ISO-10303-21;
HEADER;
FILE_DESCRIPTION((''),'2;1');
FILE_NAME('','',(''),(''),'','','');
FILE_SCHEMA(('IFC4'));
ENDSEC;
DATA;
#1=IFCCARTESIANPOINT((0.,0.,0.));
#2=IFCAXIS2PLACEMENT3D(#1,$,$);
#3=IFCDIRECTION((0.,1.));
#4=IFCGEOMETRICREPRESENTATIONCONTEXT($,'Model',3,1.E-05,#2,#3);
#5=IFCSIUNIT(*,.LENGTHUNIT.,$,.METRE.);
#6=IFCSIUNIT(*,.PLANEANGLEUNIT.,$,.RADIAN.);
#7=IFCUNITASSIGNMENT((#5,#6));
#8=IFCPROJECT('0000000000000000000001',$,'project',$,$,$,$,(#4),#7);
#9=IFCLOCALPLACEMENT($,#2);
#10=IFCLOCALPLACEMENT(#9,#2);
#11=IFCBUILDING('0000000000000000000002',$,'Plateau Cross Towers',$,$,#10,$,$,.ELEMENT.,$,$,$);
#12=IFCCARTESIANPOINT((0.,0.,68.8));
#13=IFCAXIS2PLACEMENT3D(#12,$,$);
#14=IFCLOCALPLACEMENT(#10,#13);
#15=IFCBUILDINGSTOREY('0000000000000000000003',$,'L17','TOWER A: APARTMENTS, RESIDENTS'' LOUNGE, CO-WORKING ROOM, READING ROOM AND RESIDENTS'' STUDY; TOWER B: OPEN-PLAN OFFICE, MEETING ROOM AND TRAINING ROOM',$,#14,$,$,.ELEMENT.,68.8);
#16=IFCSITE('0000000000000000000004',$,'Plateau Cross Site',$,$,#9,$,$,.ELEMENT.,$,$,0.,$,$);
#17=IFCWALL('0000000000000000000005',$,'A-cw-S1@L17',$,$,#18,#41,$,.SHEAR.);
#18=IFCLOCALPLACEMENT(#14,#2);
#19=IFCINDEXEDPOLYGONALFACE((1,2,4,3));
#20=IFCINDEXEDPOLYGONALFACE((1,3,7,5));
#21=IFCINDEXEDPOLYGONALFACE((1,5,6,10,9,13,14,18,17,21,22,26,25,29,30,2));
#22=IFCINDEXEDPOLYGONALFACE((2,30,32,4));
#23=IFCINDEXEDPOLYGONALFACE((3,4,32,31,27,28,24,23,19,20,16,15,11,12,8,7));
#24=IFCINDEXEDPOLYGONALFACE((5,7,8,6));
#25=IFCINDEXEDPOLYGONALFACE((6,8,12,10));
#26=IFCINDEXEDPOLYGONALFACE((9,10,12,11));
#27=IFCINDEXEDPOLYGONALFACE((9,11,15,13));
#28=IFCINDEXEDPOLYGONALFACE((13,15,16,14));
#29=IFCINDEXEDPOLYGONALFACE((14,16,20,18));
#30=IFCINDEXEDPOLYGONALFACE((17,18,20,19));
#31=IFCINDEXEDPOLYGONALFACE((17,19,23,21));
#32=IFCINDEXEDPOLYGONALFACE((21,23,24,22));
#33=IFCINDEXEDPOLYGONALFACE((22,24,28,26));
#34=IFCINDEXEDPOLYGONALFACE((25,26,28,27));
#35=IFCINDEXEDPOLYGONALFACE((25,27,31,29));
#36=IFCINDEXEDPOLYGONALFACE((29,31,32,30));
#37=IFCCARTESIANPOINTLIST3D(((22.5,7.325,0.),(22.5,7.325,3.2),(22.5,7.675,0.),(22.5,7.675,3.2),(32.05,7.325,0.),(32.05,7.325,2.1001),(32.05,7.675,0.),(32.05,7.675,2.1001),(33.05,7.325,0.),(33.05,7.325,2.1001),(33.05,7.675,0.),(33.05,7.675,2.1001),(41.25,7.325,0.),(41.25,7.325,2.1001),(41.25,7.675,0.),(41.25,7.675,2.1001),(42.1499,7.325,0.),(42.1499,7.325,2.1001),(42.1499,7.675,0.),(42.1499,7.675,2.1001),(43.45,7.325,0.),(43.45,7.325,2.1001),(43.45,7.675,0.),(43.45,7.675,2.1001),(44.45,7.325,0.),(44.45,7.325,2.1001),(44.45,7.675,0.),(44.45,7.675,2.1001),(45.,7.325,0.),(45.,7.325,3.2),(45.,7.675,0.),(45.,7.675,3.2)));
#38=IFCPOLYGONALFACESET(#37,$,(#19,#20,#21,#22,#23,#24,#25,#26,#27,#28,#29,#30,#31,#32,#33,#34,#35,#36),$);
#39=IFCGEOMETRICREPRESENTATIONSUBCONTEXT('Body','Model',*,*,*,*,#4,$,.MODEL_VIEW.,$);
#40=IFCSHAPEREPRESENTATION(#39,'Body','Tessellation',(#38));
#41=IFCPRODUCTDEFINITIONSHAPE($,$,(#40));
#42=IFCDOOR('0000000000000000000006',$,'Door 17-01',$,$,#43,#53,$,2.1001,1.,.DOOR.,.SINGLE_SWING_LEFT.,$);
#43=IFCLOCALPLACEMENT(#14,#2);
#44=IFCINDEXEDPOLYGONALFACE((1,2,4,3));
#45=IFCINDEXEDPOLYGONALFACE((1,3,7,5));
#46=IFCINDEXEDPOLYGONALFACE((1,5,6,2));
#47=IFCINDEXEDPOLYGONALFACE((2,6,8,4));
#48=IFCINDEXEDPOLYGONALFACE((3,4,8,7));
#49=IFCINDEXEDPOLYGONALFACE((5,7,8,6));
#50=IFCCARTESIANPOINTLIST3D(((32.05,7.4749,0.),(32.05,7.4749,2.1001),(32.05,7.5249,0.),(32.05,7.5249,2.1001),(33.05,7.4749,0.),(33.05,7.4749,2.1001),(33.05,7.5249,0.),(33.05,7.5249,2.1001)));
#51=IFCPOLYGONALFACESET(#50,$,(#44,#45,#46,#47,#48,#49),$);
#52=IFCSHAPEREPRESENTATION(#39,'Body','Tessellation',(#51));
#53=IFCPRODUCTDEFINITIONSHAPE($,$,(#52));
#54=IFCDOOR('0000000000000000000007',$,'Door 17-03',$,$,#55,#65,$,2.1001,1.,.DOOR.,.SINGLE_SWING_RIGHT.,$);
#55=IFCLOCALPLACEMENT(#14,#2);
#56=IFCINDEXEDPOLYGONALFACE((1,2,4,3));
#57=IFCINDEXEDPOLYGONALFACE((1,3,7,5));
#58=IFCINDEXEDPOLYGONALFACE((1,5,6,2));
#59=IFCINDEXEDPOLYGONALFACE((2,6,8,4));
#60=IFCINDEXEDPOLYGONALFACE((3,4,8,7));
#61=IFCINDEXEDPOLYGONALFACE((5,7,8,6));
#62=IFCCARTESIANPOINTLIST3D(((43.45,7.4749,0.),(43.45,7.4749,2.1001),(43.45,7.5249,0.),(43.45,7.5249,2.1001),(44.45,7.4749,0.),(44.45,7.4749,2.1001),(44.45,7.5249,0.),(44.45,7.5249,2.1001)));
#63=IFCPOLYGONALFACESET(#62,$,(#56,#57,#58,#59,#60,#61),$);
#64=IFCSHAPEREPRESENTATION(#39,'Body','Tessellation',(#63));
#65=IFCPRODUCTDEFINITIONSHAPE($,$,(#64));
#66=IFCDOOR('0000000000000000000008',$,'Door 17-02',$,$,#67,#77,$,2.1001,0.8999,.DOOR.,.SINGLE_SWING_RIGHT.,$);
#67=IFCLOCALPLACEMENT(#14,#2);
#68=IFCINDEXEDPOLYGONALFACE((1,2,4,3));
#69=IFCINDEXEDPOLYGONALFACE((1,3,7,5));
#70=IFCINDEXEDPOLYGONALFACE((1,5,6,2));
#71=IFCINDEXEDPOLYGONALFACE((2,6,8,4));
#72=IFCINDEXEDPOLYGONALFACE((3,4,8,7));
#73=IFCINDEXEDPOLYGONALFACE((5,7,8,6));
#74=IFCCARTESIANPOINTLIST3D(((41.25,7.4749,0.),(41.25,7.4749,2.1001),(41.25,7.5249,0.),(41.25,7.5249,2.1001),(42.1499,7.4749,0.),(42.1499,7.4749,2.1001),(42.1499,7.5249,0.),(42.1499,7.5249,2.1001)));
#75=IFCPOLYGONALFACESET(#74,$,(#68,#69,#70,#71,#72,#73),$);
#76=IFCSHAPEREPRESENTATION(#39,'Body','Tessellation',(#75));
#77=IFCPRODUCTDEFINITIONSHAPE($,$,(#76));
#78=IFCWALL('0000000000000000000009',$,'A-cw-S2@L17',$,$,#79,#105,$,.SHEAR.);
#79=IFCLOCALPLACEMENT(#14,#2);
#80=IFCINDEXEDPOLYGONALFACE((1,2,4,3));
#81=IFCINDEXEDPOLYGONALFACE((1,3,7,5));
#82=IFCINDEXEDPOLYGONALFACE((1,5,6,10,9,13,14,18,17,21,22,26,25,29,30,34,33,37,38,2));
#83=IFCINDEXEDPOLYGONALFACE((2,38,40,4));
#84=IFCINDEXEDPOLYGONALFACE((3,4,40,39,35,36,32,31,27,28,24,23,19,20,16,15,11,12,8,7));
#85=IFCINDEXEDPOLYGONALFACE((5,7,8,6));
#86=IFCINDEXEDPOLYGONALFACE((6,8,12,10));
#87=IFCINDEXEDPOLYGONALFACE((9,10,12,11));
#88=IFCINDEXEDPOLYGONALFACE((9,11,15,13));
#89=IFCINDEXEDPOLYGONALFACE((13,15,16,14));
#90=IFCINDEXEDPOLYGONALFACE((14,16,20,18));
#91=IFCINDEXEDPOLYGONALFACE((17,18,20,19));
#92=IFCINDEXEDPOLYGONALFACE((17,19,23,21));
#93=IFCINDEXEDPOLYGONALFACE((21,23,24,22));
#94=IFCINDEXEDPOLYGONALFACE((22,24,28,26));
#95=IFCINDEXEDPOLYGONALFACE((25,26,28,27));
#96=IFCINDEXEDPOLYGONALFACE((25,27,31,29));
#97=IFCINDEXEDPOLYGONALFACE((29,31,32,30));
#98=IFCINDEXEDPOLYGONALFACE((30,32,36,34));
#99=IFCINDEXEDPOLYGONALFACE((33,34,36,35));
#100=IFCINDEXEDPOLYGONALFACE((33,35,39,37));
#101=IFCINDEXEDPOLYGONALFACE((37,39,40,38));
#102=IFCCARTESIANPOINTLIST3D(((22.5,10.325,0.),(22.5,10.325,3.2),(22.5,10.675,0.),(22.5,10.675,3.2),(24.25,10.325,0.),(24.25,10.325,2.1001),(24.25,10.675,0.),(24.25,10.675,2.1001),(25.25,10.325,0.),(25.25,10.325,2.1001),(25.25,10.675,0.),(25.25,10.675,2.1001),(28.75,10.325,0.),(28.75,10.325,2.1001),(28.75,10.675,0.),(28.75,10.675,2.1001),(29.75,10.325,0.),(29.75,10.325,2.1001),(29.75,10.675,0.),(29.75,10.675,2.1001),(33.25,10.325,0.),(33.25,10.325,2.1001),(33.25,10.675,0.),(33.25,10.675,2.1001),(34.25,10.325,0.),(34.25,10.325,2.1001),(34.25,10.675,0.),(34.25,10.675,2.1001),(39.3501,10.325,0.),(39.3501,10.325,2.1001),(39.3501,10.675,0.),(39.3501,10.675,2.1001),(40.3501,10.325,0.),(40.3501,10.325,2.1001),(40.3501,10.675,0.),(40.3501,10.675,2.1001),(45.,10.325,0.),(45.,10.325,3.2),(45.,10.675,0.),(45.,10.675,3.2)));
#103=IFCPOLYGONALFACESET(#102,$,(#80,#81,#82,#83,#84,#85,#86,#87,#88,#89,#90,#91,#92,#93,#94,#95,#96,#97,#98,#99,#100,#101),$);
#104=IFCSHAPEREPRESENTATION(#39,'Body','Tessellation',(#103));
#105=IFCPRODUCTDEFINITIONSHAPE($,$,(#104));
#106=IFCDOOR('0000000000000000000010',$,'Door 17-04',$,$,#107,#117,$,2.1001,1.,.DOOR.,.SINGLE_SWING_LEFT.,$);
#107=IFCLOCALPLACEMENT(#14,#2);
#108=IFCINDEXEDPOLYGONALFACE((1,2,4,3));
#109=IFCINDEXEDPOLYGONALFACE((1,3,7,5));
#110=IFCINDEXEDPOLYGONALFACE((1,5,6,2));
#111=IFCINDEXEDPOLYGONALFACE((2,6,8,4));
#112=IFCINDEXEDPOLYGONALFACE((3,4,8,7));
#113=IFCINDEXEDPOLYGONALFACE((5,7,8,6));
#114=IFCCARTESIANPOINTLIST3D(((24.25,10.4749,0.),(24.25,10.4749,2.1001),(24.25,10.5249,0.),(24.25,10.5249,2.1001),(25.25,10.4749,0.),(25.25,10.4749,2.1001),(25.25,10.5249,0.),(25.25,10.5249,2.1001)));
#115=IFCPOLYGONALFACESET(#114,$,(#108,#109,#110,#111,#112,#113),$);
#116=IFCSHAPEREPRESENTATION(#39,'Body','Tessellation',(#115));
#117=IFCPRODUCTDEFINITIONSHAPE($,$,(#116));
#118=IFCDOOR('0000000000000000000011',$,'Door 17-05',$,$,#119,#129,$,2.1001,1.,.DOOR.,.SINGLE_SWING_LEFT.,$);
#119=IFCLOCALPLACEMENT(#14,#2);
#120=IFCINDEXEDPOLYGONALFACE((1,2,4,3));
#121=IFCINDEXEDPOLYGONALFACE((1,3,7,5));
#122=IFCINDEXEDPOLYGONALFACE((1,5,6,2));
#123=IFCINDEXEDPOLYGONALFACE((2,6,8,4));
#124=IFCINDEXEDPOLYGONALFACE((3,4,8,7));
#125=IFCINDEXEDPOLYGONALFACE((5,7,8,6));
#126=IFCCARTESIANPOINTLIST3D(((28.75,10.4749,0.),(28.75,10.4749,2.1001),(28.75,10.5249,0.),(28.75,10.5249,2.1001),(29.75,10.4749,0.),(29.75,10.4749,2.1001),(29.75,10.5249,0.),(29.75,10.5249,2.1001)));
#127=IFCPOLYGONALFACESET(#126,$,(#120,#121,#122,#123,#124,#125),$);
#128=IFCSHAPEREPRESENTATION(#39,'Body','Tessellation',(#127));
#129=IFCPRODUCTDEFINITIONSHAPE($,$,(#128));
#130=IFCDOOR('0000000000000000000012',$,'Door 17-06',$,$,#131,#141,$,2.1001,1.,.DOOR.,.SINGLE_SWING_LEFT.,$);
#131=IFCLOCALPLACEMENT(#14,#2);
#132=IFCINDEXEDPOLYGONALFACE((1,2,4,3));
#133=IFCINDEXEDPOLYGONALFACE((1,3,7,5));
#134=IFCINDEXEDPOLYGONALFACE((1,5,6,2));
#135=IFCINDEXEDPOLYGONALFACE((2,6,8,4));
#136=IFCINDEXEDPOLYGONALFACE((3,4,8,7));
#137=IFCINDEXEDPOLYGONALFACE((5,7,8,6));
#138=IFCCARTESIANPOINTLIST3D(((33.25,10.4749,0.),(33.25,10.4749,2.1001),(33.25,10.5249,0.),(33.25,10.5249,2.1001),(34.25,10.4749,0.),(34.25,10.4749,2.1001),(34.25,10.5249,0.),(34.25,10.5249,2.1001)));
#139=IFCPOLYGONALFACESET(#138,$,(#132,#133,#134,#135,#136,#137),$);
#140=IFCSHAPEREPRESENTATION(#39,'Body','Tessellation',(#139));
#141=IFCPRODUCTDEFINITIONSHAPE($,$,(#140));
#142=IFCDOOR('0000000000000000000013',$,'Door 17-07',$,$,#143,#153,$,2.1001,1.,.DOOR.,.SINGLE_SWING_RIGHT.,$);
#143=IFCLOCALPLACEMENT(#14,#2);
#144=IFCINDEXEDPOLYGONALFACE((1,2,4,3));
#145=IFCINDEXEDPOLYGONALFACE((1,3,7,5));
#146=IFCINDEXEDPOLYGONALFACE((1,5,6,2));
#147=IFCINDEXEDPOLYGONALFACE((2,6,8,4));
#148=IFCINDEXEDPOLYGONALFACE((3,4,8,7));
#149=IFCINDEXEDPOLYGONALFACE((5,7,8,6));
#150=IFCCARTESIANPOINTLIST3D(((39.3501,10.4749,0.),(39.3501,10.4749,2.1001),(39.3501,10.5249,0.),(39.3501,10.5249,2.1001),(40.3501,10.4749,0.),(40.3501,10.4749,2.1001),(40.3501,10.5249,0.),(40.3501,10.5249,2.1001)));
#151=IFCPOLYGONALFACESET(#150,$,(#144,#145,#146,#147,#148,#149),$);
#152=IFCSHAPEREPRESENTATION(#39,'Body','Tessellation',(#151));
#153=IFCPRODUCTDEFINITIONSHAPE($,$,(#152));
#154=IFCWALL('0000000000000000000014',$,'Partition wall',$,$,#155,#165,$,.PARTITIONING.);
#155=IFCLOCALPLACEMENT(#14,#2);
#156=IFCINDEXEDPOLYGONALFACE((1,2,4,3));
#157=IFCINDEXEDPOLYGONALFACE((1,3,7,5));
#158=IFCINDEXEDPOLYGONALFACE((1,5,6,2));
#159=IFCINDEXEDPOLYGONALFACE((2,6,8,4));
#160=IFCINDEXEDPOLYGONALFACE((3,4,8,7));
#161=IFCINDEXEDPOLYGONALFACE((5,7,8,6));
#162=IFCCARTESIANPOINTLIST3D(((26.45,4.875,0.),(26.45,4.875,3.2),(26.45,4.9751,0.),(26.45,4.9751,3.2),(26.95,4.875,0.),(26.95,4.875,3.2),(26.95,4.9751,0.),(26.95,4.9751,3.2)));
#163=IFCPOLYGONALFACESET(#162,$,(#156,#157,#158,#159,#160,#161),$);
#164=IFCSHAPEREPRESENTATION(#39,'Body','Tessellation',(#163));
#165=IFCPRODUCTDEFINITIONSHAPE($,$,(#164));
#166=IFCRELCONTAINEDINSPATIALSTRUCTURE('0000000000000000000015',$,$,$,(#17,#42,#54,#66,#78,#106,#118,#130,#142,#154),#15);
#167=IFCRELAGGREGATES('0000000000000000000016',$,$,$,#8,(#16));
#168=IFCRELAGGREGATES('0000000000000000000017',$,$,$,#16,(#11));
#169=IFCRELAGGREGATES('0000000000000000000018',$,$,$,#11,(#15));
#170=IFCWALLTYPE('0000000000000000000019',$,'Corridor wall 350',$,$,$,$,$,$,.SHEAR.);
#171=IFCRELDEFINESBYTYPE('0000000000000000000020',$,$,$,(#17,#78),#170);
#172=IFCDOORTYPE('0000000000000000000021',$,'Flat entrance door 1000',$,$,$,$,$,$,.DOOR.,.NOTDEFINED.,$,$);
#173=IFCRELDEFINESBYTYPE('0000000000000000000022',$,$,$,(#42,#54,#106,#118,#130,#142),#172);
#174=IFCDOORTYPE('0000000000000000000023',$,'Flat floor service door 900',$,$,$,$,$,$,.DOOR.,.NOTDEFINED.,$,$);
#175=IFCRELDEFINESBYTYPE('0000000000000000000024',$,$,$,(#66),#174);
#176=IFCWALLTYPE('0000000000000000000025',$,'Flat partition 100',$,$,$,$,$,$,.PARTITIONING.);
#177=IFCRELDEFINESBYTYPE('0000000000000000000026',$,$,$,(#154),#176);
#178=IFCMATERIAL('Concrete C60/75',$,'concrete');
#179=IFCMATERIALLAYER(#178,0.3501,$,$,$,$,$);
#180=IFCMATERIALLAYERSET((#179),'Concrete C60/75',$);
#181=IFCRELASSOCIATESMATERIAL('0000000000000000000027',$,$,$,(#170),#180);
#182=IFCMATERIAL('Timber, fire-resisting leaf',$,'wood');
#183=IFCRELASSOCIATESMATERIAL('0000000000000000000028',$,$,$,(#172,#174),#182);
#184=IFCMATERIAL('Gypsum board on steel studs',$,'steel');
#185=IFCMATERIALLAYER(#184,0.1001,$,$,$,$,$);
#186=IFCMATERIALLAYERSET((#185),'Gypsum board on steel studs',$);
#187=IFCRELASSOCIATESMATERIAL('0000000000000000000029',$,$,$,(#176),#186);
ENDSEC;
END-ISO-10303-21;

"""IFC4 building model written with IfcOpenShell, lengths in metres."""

from ifc_helpers import new_model, si_unit, direction, frame, frame_2d, origin, place, context, subcontext, project, spatial, rectangle, extrude, material, layer, layer_set, type_object, element, fill, save


model = new_model("IFC4")

# Units and contexts
model_context = context("Model", 3, precision=1e-05, world=origin(), true_north=direction((0.0, 1.0)))
body_context = subcontext(model_context, "Body", "Model", "MODEL_VIEW")
ifc_project = project(units=[si_unit("LENGTHUNIT", "METRE"), si_unit("PLANEANGLEUNIT", "RADIAN")], contexts=[model_context])

# Site, building, storey
site_placement = place(None, origin())
site = spatial("IfcSite", under=ifc_project, at=site_placement, Name="Plateau Cross Site", CompositionType="ELEMENT", RefElevation=0.0)
building_placement = place(site_placement, origin())
building = spatial("IfcBuilding", under=site, at=building_placement, Name="Plateau Cross Towers", CompositionType="ELEMENT")
storey_placement = place(building_placement, frame((0.0, 0.0, 68.8)))
storey = spatial("IfcBuildingStorey", under=building, at=storey_placement, Name="L17", Description="TOWER A: APARTMENTS, RESIDENTS' LOUNGE, CO-WORKING ROOM, READING ROOM AND RESIDENTS' STUDY; TOWER B: OPEN-PLAN OFFICE, MEETING ROOM AND TRAINING ROOM", CompositionType="ELEMENT", Elevation=68.8)

# Shared definitions
ifc_material_1 = material(Name="Concrete C60/75", Category="concrete")

# Walls, openings, doors
ifc_layer_1 = layer(ifc_material_1, 0.3501)
ifc_layer_set_1 = layer_set([ifc_layer_1], Name="Concrete C60/75")
wall_type_1 = type_object("IfcWallType", Name="Corridor wall 350", PredefinedType="SHEAR", material=ifc_layer_set_1)
wall_1_placement = place(storey_placement, frame((22.5, 7.5, 0.0), z_axis=(0.0, 0.0, 1.0), x_axis=(1.0, 0.0, 0.0)))
wall_1 = element("IfcWall", 1, at=wall_1_placement, inside=storey, type_object=wall_type_1, Name="A-cw-S1@L17", PredefinedType="SHEAR", context=body_context, shape_type="SweptSolid", body=[
    extrude(rectangle(XDim=22.5, YDim=0.3501, at=frame_2d((11.25, 0.0))), origin(), (0.0, 0.0, 1.0), 3.2),
])
opening_1_placement = place(wall_1_placement, frame((9.55, 0.0, 0.0)))
opening_1 = element("IfcOpeningElement", 2, at=opening_1_placement, cuts=wall_1, PredefinedType="OPENING", context=body_context, shape_type="SweptSolid", body=[
    extrude(rectangle(XDim=1.0, YDim=2.1001, at=frame_2d((0.5, 1.05))), frame((0.0, 0.1851, 0.0), z_axis=(0.0, -1.0, 0.0), x_axis=(1.0, 0.0, 0.0)), (0.0, 0.0, 1.0), 0.3701),
])
opening_2_placement = place(wall_1_placement, frame((18.75, 0.0, 0.0)))
opening_2 = element("IfcOpeningElement", 3, at=opening_2_placement, cuts=wall_1, PredefinedType="OPENING", context=body_context, shape_type="SweptSolid", body=[
    extrude(rectangle(XDim=0.8999, YDim=2.1001, at=frame_2d((0.45, 1.05))), frame((0.0, 0.1851, 0.0), z_axis=(0.0, -1.0, 0.0), x_axis=(1.0, 0.0, 0.0)), (0.0, 0.0, 1.0), 0.3701),
])
opening_3_placement = place(wall_1_placement, frame((20.95, 0.0, 0.0)))
opening_3 = element("IfcOpeningElement", 4, at=opening_3_placement, cuts=wall_1, PredefinedType="OPENING", context=body_context, shape_type="SweptSolid", body=[
    extrude(rectangle(XDim=1.0, YDim=2.1001, at=frame_2d((0.5, 1.05))), frame((0.0, 0.1851, 0.0), z_axis=(0.0, -1.0, 0.0), x_axis=(1.0, 0.0, 0.0)), (0.0, 0.0, 1.0), 0.3701),
])
ifc_material_2 = material(Name="Timber, fire-resisting leaf", Category="wood")
door_type_1 = type_object("IfcDoorType", Name="Flat entrance door 1000", OperationType="NOTDEFINED", PredefinedType="DOOR", material=ifc_material_2)
door_1_placement = place(opening_1_placement, origin())
door_1 = element("IfcDoor", 5, at=door_1_placement, inside=storey, type_object=door_type_1, Name="Door 17-01", OperationType="SINGLE_SWING_LEFT", OverallHeight=2.1001, OverallWidth=1.0, PredefinedType="DOOR", context=body_context, shape_type="SweptSolid", body=[
    extrude(rectangle(XDim=1.0, YDim=2.1001, at=frame_2d((0.5, 1.05))), frame((0.0, 0.0249, 0.0), z_axis=(0.0, -1.0, 0.0), x_axis=(1.0, 0.0, 0.0)), (0.0, 0.0, 1.0), 0.05),
])
fill(opening_1, door_1)
door_2_placement = place(opening_3_placement, origin())
door_2 = element("IfcDoor", 6, at=door_2_placement, inside=storey, type_object=door_type_1, Name="Door 17-03", OperationType="SINGLE_SWING_RIGHT", OverallHeight=2.1001, OverallWidth=1.0, PredefinedType="DOOR", context=body_context, shape_type="SweptSolid", body=[
    extrude(rectangle(XDim=1.0, YDim=2.1001, at=frame_2d((0.5, 1.05))), frame((0.0, 0.0249, 0.0), z_axis=(0.0, -1.0, 0.0), x_axis=(1.0, 0.0, 0.0)), (0.0, 0.0, 1.0), 0.05),
])
fill(opening_3, door_2)
door_type_2 = type_object("IfcDoorType", Name="Flat floor service door 900", OperationType="NOTDEFINED", PredefinedType="DOOR", material=ifc_material_2)
door_3_placement = place(opening_2_placement, origin())
door_3 = element("IfcDoor", 7, at=door_3_placement, inside=storey, type_object=door_type_2, Name="Door 17-02", OperationType="SINGLE_SWING_RIGHT", OverallHeight=2.1001, OverallWidth=0.8999, PredefinedType="DOOR", context=body_context, shape_type="SweptSolid", body=[
    extrude(rectangle(XDim=0.8999, YDim=2.1001, at=frame_2d((0.45, 1.05))), frame((0.0, 0.0249, 0.0), z_axis=(0.0, -1.0, 0.0), x_axis=(1.0, 0.0, 0.0)), (0.0, 0.0, 1.0), 0.05),
])
fill(opening_2, door_3)
wall_2_placement = place(storey_placement, frame((22.5, 10.5, 0.0), z_axis=(0.0, 0.0, 1.0), x_axis=(1.0, 0.0, 0.0)))
wall_2 = element("IfcWall", 8, at=wall_2_placement, inside=storey, type_object=wall_type_1, Name="A-cw-S2@L17", PredefinedType="SHEAR", context=body_context, shape_type="SweptSolid", body=[
    extrude(rectangle(XDim=22.5, YDim=0.3501, at=frame_2d((11.25, 0.0))), origin(), (0.0, 0.0, 1.0), 3.2),
])
opening_4_placement = place(wall_2_placement, frame((1.75, 0.0, 0.0)))
opening_4 = element("IfcOpeningElement", 9, at=opening_4_placement, cuts=wall_2, PredefinedType="OPENING", context=body_context, shape_type="SweptSolid", body=[
    extrude(rectangle(XDim=1.0, YDim=2.1001, at=frame_2d((0.5, 1.05))), frame((0.0, 0.1851, 0.0), z_axis=(0.0, -1.0, 0.0), x_axis=(1.0, 0.0, 0.0)), (0.0, 0.0, 1.0), 0.3701),
])
opening_5_placement = place(wall_2_placement, frame((6.25, 0.0, 0.0)))
opening_5 = element("IfcOpeningElement", 10, at=opening_5_placement, cuts=wall_2, PredefinedType="OPENING", context=body_context, shape_type="SweptSolid", body=[
    extrude(rectangle(XDim=1.0, YDim=2.1001, at=frame_2d((0.5, 1.05))), frame((0.0, 0.1851, 0.0), z_axis=(0.0, -1.0, 0.0), x_axis=(1.0, 0.0, 0.0)), (0.0, 0.0, 1.0), 0.3701),
])
opening_6_placement = place(wall_2_placement, frame((10.75, 0.0, 0.0)))
opening_6 = element("IfcOpeningElement", 11, at=opening_6_placement, cuts=wall_2, PredefinedType="OPENING", context=body_context, shape_type="SweptSolid", body=[
    extrude(rectangle(XDim=1.0, YDim=2.1001, at=frame_2d((0.5, 1.05))), frame((0.0, 0.1851, 0.0), z_axis=(0.0, -1.0, 0.0), x_axis=(1.0, 0.0, 0.0)), (0.0, 0.0, 1.0), 0.3701),
])
opening_7_placement = place(wall_2_placement, frame((16.8501, 0.0, 0.0)))
opening_7 = element("IfcOpeningElement", 12, at=opening_7_placement, cuts=wall_2, PredefinedType="OPENING", context=body_context, shape_type="SweptSolid", body=[
    extrude(rectangle(XDim=1.0, YDim=2.1001, at=frame_2d((0.5, 1.05))), frame((0.0, 0.1851, 0.0), z_axis=(0.0, -1.0, 0.0), x_axis=(1.0, 0.0, 0.0)), (0.0, 0.0, 1.0), 0.3701),
])
door_4_placement = place(opening_4_placement, origin())
door_4 = element("IfcDoor", 13, at=door_4_placement, inside=storey, type_object=door_type_1, Name="Door 17-04", OperationType="SINGLE_SWING_LEFT", OverallHeight=2.1001, OverallWidth=1.0, PredefinedType="DOOR", context=body_context, shape_type="SweptSolid", body=[
    extrude(rectangle(XDim=1.0, YDim=2.1001, at=frame_2d((0.5, 1.05))), frame((0.0, 0.0249, 0.0), z_axis=(0.0, -1.0, 0.0), x_axis=(1.0, 0.0, 0.0)), (0.0, 0.0, 1.0), 0.05),
])
fill(opening_4, door_4)
door_5_placement = place(opening_5_placement, origin())
door_5 = element("IfcDoor", 14, at=door_5_placement, inside=storey, type_object=door_type_1, Name="Door 17-05", OperationType="SINGLE_SWING_LEFT", OverallHeight=2.1001, OverallWidth=1.0, PredefinedType="DOOR", context=body_context, shape_type="SweptSolid", body=[
    extrude(rectangle(XDim=1.0, YDim=2.1001, at=frame_2d((0.5, 1.05))), frame((0.0, 0.0249, 0.0), z_axis=(0.0, -1.0, 0.0), x_axis=(1.0, 0.0, 0.0)), (0.0, 0.0, 1.0), 0.05),
])
fill(opening_5, door_5)
door_6_placement = place(opening_6_placement, origin())
door_6 = element("IfcDoor", 15, at=door_6_placement, inside=storey, type_object=door_type_1, Name="Door 17-06", OperationType="SINGLE_SWING_LEFT", OverallHeight=2.1001, OverallWidth=1.0, PredefinedType="DOOR", context=body_context, shape_type="SweptSolid", body=[
    extrude(rectangle(XDim=1.0, YDim=2.1001, at=frame_2d((0.5, 1.05))), frame((0.0, 0.0249, 0.0), z_axis=(0.0, -1.0, 0.0), x_axis=(1.0, 0.0, 0.0)), (0.0, 0.0, 1.0), 0.05),
])
fill(opening_6, door_6)
door_7_placement = place(opening_7_placement, origin())
door_7 = element("IfcDoor", 16, at=door_7_placement, inside=storey, type_object=door_type_1, Name="Door 17-07", OperationType="SINGLE_SWING_RIGHT", OverallHeight=2.1001, OverallWidth=1.0, PredefinedType="DOOR", context=body_context, shape_type="SweptSolid", body=[
    extrude(rectangle(XDim=1.0, YDim=2.1001, at=frame_2d((0.5, 1.05))), frame((0.0, 0.0249, 0.0), z_axis=(0.0, -1.0, 0.0), x_axis=(1.0, 0.0, 0.0)), (0.0, 0.0, 1.0), 0.05),
])
fill(opening_7, door_7)

# Wall
ifc_material_3 = material(Name="Gypsum board on steel studs", Category="steel")
ifc_layer_2 = layer(ifc_material_3, 0.1001)
ifc_layer_set_2 = layer_set([ifc_layer_2], Name="Gypsum board on steel studs")
wall_type_2 = type_object("IfcWallType", Name="Flat partition 100", PredefinedType="PARTITIONING", material=ifc_layer_set_2)
wall_3_placement = place(storey_placement, frame((26.95, 4.925, 0.0), z_axis=(0.0, 0.0, 1.0), x_axis=(-1.0, 0.0, 0.0)))
element("IfcWall", 17, at=wall_3_placement, inside=storey, type_object=wall_type_2, Name="Partition wall", PredefinedType="PARTITIONING", context=body_context, shape_type="SweptSolid", body=[
    extrude(rectangle(XDim=0.5, YDim=0.1001, at=frame_2d((0.25, 0.0))), origin(), (0.0, 0.0, 1.0), 3.2),
])

save(model, "model.ifc")
